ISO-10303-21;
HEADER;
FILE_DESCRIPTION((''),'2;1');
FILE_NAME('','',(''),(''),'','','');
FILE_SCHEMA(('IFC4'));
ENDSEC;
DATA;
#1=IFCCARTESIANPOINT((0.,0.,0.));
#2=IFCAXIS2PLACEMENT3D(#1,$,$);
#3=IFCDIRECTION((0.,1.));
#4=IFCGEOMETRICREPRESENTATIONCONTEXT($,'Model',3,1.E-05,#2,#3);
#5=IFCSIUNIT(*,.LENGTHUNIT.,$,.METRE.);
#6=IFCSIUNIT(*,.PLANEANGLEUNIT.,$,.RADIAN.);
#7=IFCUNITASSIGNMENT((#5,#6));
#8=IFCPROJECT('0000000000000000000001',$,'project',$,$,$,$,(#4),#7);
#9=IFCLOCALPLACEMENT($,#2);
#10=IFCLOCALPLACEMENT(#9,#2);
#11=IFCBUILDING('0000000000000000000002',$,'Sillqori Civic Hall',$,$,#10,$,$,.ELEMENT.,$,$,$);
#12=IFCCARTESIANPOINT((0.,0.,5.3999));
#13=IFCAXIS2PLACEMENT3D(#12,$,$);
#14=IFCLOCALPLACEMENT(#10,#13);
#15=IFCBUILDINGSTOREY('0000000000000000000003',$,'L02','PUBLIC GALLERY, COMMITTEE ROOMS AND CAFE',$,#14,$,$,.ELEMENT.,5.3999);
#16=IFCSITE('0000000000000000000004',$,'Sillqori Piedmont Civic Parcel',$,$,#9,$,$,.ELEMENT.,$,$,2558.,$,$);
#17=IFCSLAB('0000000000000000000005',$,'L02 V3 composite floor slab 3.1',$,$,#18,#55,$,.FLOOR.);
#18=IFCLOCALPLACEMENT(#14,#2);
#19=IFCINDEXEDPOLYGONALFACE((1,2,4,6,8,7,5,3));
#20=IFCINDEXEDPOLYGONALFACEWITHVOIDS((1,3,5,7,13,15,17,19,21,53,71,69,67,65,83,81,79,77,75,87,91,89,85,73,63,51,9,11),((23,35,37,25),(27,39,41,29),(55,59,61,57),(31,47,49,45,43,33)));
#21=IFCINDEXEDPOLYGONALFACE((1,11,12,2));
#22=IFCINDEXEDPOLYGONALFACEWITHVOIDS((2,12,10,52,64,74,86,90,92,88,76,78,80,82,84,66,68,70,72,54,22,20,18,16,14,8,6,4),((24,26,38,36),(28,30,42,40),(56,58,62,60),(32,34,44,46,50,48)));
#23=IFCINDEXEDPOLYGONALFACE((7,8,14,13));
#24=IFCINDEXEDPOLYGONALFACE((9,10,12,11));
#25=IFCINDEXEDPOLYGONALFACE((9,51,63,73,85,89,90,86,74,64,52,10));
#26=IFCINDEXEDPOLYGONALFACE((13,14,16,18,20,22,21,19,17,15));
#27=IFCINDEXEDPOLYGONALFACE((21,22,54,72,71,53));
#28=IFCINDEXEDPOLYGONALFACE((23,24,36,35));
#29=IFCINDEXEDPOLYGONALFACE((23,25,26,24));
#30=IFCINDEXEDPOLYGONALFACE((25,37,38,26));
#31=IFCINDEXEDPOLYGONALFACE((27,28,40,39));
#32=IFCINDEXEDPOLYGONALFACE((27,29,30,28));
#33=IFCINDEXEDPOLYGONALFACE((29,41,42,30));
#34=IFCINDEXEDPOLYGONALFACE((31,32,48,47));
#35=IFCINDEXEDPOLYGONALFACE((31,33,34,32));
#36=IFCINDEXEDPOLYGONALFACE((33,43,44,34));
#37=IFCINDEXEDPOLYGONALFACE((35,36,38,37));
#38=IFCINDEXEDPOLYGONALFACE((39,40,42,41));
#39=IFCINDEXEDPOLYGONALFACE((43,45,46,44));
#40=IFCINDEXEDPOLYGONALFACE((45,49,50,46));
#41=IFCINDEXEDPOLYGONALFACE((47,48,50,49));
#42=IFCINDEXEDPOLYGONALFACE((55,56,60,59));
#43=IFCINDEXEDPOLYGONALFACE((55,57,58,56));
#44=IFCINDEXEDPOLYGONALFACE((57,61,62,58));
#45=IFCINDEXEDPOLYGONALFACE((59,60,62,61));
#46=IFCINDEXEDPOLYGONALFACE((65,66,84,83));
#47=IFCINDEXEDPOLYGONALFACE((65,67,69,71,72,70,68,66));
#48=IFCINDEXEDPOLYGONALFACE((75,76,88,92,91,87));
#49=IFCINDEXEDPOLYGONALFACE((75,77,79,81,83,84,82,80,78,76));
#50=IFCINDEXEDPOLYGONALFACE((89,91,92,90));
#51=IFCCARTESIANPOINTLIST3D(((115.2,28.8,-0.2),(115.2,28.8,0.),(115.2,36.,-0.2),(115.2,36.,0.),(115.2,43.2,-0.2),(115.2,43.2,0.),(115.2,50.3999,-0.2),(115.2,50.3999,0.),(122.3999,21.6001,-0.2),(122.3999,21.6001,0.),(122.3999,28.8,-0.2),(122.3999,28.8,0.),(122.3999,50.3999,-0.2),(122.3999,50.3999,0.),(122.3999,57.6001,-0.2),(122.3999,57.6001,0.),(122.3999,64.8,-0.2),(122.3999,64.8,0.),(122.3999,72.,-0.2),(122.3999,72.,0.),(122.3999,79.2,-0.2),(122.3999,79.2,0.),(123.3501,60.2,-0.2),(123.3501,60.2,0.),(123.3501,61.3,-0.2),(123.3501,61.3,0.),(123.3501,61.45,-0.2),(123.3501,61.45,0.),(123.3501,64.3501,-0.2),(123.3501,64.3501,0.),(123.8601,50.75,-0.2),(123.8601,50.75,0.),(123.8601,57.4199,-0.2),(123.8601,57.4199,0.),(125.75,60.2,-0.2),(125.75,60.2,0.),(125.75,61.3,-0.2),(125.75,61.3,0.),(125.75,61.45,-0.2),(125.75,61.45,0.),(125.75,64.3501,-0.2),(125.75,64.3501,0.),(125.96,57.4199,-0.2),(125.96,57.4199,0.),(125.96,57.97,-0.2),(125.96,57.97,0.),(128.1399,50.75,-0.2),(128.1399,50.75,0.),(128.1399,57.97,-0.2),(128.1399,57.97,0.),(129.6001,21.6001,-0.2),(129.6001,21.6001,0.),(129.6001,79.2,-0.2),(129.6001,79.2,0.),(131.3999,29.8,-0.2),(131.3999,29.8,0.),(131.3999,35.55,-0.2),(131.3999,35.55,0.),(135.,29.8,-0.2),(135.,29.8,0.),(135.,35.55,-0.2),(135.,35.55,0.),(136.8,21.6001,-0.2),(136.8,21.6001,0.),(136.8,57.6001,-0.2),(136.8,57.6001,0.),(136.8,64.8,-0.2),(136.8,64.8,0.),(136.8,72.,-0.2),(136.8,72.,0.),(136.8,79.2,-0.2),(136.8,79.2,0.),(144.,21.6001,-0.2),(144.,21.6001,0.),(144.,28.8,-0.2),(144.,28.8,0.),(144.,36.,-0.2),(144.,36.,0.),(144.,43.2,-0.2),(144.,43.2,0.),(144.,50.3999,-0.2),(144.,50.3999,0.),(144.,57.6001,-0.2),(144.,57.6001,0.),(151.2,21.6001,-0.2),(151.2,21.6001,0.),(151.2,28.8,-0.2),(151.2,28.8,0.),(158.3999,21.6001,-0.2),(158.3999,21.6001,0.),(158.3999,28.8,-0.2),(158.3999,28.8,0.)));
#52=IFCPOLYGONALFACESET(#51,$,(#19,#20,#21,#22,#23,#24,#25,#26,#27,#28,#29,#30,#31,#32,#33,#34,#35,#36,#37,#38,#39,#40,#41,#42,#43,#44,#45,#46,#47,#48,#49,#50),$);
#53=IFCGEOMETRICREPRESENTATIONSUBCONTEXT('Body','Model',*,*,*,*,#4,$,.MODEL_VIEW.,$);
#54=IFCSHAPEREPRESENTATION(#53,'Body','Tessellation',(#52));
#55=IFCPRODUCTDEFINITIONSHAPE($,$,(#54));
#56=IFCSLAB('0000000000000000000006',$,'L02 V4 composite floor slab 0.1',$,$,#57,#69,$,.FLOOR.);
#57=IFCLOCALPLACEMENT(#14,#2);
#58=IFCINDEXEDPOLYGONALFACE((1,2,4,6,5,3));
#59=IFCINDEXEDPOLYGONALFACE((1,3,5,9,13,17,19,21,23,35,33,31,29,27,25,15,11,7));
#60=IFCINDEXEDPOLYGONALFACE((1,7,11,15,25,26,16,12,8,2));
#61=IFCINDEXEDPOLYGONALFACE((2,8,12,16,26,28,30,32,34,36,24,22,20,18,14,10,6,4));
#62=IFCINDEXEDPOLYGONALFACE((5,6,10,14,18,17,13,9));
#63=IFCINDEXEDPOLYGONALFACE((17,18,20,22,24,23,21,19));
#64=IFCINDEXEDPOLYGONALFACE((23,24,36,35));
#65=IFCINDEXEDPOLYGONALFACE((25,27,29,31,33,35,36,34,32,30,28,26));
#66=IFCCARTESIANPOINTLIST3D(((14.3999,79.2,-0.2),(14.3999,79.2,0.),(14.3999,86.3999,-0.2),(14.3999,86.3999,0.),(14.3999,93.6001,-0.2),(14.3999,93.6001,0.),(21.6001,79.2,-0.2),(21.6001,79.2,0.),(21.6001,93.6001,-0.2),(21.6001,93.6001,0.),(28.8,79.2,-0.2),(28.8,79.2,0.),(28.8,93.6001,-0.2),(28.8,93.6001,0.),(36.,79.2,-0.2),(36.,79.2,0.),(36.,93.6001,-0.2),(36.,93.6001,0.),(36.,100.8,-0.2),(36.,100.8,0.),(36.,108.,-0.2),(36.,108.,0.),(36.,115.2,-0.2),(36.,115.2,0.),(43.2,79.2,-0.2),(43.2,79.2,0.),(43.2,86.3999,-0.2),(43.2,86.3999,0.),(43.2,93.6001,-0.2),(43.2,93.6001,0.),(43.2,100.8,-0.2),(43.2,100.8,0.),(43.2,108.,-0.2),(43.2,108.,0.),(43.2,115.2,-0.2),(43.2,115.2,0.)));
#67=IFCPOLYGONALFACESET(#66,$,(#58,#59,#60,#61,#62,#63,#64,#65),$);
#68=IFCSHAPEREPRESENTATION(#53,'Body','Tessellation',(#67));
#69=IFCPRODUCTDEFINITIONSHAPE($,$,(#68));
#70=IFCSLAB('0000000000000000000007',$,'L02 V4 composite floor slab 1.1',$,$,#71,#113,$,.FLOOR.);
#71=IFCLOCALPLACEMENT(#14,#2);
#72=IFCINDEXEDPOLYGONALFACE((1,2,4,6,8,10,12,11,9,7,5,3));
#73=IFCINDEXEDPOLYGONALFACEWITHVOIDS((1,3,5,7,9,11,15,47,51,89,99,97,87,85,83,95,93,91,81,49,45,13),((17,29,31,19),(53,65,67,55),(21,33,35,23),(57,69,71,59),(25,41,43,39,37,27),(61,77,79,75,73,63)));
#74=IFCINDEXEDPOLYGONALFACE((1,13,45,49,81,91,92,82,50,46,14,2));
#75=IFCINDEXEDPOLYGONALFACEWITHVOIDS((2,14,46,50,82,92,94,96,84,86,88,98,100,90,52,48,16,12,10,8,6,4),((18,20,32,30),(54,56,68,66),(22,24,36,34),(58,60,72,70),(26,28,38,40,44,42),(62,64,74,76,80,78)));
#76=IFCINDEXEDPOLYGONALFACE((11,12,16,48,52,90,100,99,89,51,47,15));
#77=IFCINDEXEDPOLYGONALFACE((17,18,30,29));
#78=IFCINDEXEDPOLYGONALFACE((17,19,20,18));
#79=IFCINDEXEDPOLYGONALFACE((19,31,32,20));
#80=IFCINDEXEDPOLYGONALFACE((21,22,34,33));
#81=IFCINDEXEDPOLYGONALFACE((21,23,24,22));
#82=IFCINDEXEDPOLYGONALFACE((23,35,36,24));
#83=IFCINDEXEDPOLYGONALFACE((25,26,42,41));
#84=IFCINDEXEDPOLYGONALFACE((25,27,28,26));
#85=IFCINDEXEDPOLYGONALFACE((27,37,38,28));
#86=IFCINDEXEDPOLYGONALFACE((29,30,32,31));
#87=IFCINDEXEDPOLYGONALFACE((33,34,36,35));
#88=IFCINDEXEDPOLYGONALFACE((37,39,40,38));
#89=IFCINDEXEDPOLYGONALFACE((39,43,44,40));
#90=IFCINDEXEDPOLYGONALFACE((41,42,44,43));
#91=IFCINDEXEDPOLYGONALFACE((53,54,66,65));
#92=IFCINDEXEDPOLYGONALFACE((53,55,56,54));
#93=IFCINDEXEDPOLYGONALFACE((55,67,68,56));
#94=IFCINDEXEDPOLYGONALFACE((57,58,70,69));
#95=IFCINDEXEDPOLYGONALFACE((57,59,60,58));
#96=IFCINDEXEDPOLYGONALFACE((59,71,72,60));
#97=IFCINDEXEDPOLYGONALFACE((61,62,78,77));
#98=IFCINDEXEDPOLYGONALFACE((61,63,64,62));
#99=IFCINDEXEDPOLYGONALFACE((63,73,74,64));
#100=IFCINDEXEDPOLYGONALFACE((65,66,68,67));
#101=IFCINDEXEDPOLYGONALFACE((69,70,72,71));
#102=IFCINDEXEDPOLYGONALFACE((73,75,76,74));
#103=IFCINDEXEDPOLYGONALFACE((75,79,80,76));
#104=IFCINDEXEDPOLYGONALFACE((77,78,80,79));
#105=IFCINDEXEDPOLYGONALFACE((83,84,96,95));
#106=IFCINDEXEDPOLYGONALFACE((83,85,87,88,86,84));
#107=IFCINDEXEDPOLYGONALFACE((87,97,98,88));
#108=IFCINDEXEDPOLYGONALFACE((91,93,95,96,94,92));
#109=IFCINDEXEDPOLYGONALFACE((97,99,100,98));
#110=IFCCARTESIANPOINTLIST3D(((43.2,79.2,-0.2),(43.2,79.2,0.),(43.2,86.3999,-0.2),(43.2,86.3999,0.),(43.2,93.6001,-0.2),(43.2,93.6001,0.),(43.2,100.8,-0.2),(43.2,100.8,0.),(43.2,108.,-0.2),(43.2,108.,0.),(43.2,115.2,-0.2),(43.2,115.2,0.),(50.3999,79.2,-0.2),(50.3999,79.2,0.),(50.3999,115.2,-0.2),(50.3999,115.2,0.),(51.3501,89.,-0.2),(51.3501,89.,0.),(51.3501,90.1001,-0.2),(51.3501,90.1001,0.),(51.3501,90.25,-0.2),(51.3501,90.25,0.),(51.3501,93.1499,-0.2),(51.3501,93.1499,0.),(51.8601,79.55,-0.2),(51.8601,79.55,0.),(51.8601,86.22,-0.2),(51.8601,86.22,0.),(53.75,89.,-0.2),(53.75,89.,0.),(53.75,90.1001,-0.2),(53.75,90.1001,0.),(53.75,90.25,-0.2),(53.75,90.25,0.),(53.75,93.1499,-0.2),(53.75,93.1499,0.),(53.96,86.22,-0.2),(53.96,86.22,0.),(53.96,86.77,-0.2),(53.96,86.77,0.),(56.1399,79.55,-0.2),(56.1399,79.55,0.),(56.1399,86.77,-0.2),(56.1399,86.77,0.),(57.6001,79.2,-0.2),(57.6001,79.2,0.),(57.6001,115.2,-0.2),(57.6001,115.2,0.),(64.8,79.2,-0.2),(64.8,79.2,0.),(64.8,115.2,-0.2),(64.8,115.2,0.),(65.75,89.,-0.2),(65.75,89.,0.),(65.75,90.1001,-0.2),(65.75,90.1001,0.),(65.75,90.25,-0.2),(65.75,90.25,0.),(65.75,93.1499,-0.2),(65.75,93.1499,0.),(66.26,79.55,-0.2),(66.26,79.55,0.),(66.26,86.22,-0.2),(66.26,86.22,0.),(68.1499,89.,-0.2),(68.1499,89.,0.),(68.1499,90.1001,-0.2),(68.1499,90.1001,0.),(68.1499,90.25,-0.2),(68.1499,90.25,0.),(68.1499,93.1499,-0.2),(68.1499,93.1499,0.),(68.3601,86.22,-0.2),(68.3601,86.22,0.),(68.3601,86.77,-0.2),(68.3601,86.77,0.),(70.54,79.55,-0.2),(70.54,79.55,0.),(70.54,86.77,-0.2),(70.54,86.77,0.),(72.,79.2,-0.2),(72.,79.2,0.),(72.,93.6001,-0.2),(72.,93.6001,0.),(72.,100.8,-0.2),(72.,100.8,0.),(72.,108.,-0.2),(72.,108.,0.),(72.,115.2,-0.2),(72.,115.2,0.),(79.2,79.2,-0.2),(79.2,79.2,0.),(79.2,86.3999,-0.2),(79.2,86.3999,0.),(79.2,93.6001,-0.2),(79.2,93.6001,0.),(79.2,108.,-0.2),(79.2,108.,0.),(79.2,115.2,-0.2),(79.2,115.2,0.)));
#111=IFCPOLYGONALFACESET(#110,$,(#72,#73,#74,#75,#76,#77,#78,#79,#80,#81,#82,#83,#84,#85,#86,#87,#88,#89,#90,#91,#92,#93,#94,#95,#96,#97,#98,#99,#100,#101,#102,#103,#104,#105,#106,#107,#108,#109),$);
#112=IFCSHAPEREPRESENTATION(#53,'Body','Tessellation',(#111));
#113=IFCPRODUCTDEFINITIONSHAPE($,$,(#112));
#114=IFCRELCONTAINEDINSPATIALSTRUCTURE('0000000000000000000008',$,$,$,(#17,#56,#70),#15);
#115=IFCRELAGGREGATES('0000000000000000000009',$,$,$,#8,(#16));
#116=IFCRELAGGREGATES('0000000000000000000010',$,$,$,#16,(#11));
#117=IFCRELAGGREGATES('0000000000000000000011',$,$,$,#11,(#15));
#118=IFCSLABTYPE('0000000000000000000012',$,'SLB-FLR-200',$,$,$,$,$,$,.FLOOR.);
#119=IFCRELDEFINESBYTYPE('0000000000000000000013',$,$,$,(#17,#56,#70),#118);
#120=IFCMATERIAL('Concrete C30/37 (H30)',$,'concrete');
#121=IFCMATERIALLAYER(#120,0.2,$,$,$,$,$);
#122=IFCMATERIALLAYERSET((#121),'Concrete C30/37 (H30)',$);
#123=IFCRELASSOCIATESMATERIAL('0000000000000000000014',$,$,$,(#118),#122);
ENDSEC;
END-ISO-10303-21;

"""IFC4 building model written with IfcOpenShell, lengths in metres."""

from ifc_helpers import new_model, si_unit, direction, frame, origin, place, context, subcontext, project, spatial, polyline, outline, extrude, material, layer, layer_set, type_object, element, save


model = new_model("IFC4")

# Units and contexts
model_context = context("Model", 3, precision=1e-05, world=origin(), true_north=direction((0.0, 1.0)))
body_context = subcontext(model_context, "Body", "Model", "MODEL_VIEW")
ifc_project = project(units=[si_unit("LENGTHUNIT", "METRE"), si_unit("PLANEANGLEUNIT", "RADIAN")], contexts=[model_context])

# Site, building, storey
site_placement = place(None, origin())
site = spatial("IfcSite", under=ifc_project, at=site_placement, Name="Sillqori Piedmont Civic Parcel", CompositionType="ELEMENT", RefElevation=2558.0)
building_placement = place(site_placement, origin())
building = spatial("IfcBuilding", under=site, at=building_placement, Name="Sillqori Civic Hall", CompositionType="ELEMENT")
storey_placement = place(building_placement, frame((0.0, 0.0, 5.3999)))
storey = spatial("IfcBuildingStorey", under=building, at=storey_placement, Name="L02", Description="PUBLIC GALLERY, COMMITTEE ROOMS AND CAFE", CompositionType="ELEMENT", Elevation=5.3999)

# Slabs
ifc_material_1 = material(Name="Concrete C30/37 (H30)", Category="concrete")
ifc_layer_1 = layer(ifc_material_1, 0.2)
ifc_layer_set_1 = layer_set([ifc_layer_1], Name="Concrete C30/37 (H30)")
slab_type_1 = type_object("IfcSlabType", Name="SLB-FLR-200", PredefinedType="FLOOR", material=ifc_layer_set_1)
slab_1_placement = place(storey_placement, frame((0.0, 0.0, -0.2)))
element("IfcSlab", 1, at=slab_1_placement, inside=storey, type_object=slab_type_1, Name="L02 V3 composite floor slab 3.1", PredefinedType="FLOOR", context=body_context, shape_type="SweptSolid", body=[
    extrude(outline(polyline([(115.2, 36.0), (115.2, 43.2), (115.2, 50.3999), (122.3999, 50.3999), (122.3999, 57.6001), (122.3999, 64.8), (122.3999, 72.0), (122.3999, 79.2), (129.6001, 79.2), (136.8, 79.2), (136.8, 72.0), (136.8, 64.8), (136.8, 57.6001), (144.0, 57.6001), (144.0, 50.3999), (144.0, 43.2), (144.0, 36.0), (144.0, 28.8), (151.2, 28.8), (158.3999, 28.8), (158.3999, 21.6001), (151.2, 21.6001), (144.0, 21.6001), (136.8, 21.6001), (129.6001, 21.6001), (122.3999, 21.6001), (122.3999, 28.8), (115.2, 28.8), (115.2, 36.0)]), holes=[polyline([(135.0, 29.8), (135.0, 35.55), (131.3999, 35.55), (131.3999, 29.8), (135.0, 29.8)]), polyline([(125.96, 57.4199), (123.8601, 57.4199), (123.8601, 50.75), (128.1399, 50.75), (128.1399, 57.97), (125.96, 57.97), (125.96, 57.4199)]), polyline([(125.75, 60.2), (125.75, 61.3), (123.3501, 61.3), (123.3501, 60.2), (125.75, 60.2)]), polyline([(125.75, 61.45), (125.75, 64.3501), (123.3501, 64.3501), (123.3501, 61.45), (125.75, 61.45)])]), origin(), (0.0, 0.0, 1.0), 0.2),
])
slab_2_placement = place(storey_placement, frame((0.0, 0.0, -0.2)))
element("IfcSlab", 2, at=slab_2_placement, inside=storey, type_object=slab_type_1, Name="L02 V4 composite floor slab 0.1", PredefinedType="FLOOR", context=body_context, shape_type="SweptSolid", body=[
    extrude(outline(polyline([(21.6001, 93.6001), (28.8, 93.6001), (36.0, 93.6001), (36.0, 100.8), (36.0, 108.0), (36.0, 115.2), (43.2, 115.2), (43.2, 108.0), (43.2, 100.8), (43.2, 93.6001), (43.2, 86.3999), (43.2, 79.2), (36.0, 79.2), (28.8, 79.2), (21.6001, 79.2), (14.3999, 79.2), (14.3999, 86.3999), (14.3999, 93.6001), (21.6001, 93.6001)])), origin(), (0.0, 0.0, 1.0), 0.2),
])
slab_3_placement = place(storey_placement, frame((0.0, 0.0, -0.2)))
element("IfcSlab", 3, at=slab_3_placement, inside=storey, type_object=slab_type_1, Name="L02 V4 composite floor slab 1.1", PredefinedType="FLOOR", context=body_context, shape_type="SweptSolid", body=[
    extrude(outline(polyline([(43.2, 108.0), (43.2, 115.2), (50.3999, 115.2), (57.6001, 115.2), (64.8, 115.2), (72.0, 115.2), (79.2, 115.2), (79.2, 108.0), (72.0, 108.0), (72.0, 100.8), (72.0, 93.6001), (79.2, 93.6001), (79.2, 86.3999), (79.2, 79.2), (72.0, 79.2), (64.8, 79.2), (57.6001, 79.2), (50.3999, 79.2), (43.2, 79.2), (43.2, 86.3999), (43.2, 93.6001), (43.2, 100.8), (43.2, 108.0)]), holes=[polyline([(53.96, 86.22), (51.8601, 86.22), (51.8601, 79.55), (56.1399, 79.55), (56.1399, 86.77), (53.96, 86.77), (53.96, 86.22)]), polyline([(68.3601, 86.22), (66.26, 86.22), (66.26, 79.55), (70.54, 79.55), (70.54, 86.77), (68.3601, 86.77), (68.3601, 86.22)]), polyline([(53.75, 89.0), (53.75, 90.1001), (51.3501, 90.1001), (51.3501, 89.0), (53.75, 89.0)]), polyline([(68.1499, 89.0), (68.1499, 90.1001), (65.75, 90.1001), (65.75, 89.0), (68.1499, 89.0)]), polyline([(53.75, 90.25), (53.75, 93.1499), (51.3501, 93.1499), (51.3501, 90.25), (53.75, 90.25)]), polyline([(68.1499, 90.25), (68.1499, 93.1499), (65.75, 93.1499), (65.75, 90.25), (68.1499, 90.25)])]), origin(), (0.0, 0.0, 1.0), 0.2),
])

save(model, "model.ifc")
